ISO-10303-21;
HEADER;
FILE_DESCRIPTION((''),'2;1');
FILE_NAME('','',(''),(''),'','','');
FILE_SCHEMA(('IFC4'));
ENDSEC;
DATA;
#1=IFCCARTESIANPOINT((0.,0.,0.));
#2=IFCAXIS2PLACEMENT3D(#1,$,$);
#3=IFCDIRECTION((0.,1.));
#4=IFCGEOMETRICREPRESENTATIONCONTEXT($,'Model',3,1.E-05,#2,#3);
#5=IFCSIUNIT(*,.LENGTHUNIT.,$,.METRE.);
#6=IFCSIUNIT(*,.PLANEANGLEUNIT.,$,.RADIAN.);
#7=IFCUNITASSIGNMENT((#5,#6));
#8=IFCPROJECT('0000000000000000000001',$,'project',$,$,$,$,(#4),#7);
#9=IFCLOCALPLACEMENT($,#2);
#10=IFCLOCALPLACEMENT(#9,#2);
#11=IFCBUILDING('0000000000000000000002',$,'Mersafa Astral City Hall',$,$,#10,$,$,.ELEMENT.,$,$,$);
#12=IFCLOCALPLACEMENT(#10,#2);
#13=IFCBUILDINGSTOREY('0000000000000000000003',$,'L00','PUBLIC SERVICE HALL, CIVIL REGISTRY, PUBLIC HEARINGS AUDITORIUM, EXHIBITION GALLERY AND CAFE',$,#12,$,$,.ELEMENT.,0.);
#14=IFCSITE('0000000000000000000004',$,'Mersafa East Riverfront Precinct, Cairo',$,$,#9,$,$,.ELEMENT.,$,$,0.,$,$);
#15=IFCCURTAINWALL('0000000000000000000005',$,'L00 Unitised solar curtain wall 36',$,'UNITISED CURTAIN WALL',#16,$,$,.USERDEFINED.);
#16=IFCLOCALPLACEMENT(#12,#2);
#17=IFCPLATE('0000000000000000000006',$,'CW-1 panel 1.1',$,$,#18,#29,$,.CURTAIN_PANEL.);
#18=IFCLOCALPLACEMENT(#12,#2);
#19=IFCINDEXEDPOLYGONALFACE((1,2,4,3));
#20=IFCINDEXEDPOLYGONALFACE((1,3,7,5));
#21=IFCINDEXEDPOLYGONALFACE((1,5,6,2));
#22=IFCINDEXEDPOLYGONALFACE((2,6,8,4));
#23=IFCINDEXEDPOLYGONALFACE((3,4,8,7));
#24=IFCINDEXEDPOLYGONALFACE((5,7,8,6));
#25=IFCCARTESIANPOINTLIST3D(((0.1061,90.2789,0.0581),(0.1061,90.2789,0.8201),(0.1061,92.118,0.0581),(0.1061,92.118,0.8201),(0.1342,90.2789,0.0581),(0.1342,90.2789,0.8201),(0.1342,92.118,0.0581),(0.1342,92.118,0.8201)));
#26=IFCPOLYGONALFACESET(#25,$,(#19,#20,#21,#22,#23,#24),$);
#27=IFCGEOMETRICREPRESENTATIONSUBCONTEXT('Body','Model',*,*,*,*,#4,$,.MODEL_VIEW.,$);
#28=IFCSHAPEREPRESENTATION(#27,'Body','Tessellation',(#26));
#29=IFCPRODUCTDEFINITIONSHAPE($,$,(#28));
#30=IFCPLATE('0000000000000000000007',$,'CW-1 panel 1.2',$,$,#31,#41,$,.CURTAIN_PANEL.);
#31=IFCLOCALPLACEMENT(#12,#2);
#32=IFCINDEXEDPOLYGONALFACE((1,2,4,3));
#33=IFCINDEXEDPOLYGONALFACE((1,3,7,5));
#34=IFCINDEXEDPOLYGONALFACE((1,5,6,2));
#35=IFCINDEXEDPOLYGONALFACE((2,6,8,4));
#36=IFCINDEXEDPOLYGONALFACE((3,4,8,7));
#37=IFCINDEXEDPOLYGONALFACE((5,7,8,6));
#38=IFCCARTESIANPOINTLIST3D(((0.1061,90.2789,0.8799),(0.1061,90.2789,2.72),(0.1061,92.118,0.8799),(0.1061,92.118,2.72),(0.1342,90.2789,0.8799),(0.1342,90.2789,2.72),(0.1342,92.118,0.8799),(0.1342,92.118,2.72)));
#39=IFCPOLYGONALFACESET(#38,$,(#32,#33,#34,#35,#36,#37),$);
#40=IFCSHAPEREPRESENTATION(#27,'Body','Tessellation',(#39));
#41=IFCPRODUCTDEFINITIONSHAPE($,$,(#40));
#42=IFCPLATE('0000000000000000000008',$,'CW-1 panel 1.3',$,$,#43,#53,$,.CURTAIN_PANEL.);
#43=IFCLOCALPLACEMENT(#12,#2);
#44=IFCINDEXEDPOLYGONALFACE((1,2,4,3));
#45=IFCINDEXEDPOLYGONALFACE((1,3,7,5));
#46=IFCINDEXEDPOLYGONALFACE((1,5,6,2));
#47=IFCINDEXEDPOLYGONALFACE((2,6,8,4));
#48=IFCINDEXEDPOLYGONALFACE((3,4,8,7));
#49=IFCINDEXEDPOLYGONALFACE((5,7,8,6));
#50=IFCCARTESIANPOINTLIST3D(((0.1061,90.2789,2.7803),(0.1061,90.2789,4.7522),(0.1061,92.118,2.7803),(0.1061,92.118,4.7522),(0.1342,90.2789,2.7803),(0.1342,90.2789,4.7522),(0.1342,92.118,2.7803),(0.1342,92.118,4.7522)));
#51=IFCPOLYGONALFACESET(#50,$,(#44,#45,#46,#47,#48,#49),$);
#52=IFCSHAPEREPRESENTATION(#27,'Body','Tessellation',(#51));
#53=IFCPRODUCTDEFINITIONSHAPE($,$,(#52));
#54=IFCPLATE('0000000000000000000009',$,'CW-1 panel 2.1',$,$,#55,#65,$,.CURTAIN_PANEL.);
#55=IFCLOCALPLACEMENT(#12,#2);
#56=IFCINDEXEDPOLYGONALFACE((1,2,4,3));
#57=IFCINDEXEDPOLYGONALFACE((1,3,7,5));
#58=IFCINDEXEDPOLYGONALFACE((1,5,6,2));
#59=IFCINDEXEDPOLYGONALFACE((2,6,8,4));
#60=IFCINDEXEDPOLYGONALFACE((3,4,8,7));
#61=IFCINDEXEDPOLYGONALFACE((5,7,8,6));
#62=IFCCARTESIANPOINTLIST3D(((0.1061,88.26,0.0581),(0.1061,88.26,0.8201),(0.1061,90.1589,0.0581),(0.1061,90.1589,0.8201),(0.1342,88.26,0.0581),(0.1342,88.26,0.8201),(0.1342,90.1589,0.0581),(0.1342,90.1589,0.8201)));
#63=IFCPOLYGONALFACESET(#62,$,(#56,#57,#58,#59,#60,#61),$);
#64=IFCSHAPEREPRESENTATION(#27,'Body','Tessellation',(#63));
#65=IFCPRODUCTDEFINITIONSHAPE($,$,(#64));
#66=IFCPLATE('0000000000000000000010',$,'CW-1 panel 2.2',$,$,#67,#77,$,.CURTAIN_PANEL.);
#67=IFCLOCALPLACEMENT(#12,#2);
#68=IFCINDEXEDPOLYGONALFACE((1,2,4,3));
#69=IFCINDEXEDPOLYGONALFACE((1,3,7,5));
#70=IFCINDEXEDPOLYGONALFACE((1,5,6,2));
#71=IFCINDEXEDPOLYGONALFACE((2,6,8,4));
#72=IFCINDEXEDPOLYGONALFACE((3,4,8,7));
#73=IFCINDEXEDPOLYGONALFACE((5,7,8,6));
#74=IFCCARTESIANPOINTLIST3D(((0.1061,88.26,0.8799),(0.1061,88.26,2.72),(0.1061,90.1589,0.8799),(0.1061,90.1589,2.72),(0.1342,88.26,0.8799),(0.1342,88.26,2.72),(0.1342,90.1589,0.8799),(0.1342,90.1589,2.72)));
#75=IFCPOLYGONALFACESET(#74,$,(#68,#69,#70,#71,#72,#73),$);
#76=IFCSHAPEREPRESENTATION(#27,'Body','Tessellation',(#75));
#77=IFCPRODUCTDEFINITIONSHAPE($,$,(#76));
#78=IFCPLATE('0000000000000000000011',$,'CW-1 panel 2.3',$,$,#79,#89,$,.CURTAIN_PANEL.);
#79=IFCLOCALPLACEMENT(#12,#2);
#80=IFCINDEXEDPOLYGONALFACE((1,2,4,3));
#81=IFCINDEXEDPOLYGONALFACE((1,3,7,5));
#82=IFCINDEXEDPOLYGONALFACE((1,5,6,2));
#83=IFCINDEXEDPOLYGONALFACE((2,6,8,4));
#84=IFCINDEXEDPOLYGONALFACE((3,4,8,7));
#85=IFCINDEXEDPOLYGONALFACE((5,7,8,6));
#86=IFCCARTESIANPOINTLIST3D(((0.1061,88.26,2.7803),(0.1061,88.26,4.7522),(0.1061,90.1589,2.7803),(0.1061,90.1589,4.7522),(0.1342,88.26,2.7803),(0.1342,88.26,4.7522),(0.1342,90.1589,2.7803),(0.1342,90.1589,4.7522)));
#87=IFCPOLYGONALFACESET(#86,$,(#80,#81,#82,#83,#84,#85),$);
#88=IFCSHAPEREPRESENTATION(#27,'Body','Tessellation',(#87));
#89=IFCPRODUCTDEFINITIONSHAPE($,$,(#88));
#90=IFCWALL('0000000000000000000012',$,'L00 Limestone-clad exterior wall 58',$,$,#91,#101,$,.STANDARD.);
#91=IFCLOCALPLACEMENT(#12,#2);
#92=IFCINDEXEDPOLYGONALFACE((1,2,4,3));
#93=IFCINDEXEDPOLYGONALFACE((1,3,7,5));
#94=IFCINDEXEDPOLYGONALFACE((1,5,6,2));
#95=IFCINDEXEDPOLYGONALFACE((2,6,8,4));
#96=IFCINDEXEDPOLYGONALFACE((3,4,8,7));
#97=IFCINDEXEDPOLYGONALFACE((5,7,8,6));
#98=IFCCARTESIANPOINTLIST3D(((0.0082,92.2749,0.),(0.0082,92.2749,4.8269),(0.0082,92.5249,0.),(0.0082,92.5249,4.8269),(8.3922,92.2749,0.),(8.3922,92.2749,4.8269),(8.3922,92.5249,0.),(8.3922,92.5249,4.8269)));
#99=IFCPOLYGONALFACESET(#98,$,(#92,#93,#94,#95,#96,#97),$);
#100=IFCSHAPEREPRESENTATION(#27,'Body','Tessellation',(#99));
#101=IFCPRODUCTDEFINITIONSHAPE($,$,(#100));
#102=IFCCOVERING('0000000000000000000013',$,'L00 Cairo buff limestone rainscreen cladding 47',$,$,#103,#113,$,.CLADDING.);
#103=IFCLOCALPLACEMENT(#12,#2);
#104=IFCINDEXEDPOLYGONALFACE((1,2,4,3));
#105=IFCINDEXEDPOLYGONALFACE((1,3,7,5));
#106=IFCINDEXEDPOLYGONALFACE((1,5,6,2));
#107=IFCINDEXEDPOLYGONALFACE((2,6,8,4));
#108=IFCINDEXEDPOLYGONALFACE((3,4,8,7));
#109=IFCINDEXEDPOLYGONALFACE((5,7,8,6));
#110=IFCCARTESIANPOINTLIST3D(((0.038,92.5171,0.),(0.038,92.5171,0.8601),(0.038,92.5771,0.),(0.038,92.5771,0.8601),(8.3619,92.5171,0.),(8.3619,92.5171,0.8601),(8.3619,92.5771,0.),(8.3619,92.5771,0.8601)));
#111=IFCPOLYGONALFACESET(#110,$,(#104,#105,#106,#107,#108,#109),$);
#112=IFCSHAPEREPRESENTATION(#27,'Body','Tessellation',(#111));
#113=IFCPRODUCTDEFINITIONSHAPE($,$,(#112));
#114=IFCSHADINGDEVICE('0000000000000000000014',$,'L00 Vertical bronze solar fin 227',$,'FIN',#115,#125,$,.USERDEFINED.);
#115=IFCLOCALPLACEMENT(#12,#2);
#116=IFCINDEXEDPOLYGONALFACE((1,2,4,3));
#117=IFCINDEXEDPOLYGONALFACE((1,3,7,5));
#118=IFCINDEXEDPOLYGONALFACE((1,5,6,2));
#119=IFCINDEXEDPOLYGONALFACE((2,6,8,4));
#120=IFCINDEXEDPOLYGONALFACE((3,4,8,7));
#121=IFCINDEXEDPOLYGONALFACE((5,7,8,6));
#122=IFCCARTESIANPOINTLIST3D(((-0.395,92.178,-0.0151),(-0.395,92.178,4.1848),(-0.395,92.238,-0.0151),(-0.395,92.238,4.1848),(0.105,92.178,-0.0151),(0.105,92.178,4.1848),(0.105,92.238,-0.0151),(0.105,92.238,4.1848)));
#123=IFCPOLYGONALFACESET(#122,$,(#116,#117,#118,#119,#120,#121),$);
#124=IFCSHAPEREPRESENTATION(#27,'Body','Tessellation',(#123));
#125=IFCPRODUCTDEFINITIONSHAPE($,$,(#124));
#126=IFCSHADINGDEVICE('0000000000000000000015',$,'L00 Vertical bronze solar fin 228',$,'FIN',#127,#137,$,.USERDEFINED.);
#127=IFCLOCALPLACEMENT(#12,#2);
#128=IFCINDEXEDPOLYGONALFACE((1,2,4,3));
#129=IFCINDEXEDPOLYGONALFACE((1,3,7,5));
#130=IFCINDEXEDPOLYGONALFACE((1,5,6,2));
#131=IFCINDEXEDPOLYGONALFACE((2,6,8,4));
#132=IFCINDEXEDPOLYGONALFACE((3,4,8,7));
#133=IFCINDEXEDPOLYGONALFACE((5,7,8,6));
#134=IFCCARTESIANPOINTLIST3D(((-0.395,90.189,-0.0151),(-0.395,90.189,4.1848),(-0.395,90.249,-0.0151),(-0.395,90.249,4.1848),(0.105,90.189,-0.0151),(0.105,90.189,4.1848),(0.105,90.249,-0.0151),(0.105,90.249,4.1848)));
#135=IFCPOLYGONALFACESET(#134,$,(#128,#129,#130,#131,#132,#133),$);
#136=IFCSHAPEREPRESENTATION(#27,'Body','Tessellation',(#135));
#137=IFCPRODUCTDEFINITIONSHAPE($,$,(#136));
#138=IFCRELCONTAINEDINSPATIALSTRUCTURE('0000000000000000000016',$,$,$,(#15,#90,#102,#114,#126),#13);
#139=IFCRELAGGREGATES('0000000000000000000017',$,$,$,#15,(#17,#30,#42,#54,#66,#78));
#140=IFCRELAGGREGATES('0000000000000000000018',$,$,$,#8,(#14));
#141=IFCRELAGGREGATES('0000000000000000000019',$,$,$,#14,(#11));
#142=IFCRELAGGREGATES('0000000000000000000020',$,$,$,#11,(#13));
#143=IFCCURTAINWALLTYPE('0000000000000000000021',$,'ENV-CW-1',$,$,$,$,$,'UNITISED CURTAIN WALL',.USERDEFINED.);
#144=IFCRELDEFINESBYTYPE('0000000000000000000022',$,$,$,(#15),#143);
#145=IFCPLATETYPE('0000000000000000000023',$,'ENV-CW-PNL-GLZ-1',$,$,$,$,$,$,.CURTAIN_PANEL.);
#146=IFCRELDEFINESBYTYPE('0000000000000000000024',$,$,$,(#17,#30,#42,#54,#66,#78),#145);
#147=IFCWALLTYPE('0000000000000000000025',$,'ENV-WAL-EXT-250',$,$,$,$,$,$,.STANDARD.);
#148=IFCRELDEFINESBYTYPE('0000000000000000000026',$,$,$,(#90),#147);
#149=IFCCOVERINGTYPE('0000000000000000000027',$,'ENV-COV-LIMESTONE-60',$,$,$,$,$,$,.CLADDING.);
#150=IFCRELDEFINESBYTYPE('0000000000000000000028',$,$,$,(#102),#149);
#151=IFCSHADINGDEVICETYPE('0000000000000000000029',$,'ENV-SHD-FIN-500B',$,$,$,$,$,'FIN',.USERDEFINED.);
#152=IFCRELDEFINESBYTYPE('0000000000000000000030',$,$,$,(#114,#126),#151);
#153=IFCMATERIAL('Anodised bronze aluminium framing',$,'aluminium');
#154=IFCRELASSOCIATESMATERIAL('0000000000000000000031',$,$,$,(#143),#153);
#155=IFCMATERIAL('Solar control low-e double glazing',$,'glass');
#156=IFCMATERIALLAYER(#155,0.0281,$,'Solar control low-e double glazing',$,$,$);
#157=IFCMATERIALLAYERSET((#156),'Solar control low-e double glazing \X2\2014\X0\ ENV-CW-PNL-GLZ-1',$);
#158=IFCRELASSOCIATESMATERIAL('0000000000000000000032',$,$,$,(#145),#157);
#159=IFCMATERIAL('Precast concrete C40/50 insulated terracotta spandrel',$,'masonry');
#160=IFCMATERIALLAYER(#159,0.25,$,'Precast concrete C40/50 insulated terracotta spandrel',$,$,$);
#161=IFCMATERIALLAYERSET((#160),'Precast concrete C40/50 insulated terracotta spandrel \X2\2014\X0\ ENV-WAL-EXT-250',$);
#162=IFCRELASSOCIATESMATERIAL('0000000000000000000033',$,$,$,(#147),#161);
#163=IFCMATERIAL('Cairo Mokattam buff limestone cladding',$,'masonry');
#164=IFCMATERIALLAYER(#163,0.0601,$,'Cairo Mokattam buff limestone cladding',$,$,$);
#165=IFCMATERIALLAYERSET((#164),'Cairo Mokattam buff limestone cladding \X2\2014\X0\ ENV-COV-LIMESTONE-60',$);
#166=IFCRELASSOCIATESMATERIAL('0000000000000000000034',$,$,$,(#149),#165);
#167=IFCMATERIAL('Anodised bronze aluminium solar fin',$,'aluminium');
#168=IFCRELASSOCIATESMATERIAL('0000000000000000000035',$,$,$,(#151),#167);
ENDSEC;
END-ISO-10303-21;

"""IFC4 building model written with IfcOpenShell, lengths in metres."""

from ifc_helpers import new_model, si_unit, direction, frame, frame_2d, origin, origin_2d, place, context, subcontext, project, spatial, rectangle, extrude, material, layer, layer_set, type_object, element, aggregate, save


model = new_model("IFC4")

# Units and contexts
model_context = context("Model", 3, precision=1e-05, world=origin(), true_north=direction((0.0, 1.0)))
body_context = subcontext(model_context, "Body", "Model", "MODEL_VIEW")
ifc_project = project(units=[si_unit("LENGTHUNIT", "METRE"), si_unit("PLANEANGLEUNIT", "RADIAN")], contexts=[model_context])

# Site, building, storey
site_placement = place(None, origin())
site = spatial("IfcSite", under=ifc_project, at=site_placement, Name="Mersafa East Riverfront Precinct, Cairo", CompositionType="ELEMENT", RefElevation=0.0)
building_placement = place(site_placement, origin())
building = spatial("IfcBuilding", under=site, at=building_placement, Name="Mersafa Astral City Hall", CompositionType="ELEMENT")
storey_placement = place(building_placement, origin())
storey = spatial("IfcBuildingStorey", under=building, at=storey_placement, Name="L00", Description="PUBLIC SERVICE HALL, CIVIL REGISTRY, PUBLIC HEARINGS AUDITORIUM, EXHIBITION GALLERY AND CAFE", CompositionType="ELEMENT", Elevation=0.0)

# Curtain wall
ifc_material_1 = material(Name="Anodised bronze aluminium framing", Category="aluminium")
curtain_wall_type = type_object("IfcCurtainWallType", Name="ENV-CW-1", ElementType="UNITISED CURTAIN WALL", PredefinedType="USERDEFINED", material=ifc_material_1)
curtain_wall_placement = place(storey_placement, origin())
curtain_wall = element("IfcCurtainWall", 1, at=curtain_wall_placement, inside=storey, type_object=curtain_wall_type, Name="L00 Unitised solar curtain wall 36", ObjectType="UNITISED CURTAIN WALL", PredefinedType="USERDEFINED")

# Plates
ifc_material_2 = material(Name="Solar control low-e double glazing", Category="glass")
ifc_layer_1 = layer(ifc_material_2, 0.0281, Name="Solar control low-e double glazing")
ifc_layer_set_1 = layer_set([ifc_layer_1], Name="Solar control low-e double glazing — ENV-CW-PNL-GLZ-1")
plate_type = type_object("IfcPlateType", Name="ENV-CW-PNL-GLZ-1", PredefinedType="CURTAIN_PANEL", material=ifc_layer_set_1)
plate_1_placement = place(storey_placement, frame((0.1201, 91.1985, 0.0581), z_axis=(0.0, 0.0, 1.0), x_axis=(0.0, -1.0, 0.0)))
plate_1 = element("IfcPlate", 2, at=plate_1_placement, type_object=plate_type, Name="CW-1 panel 1.1", PredefinedType="CURTAIN_PANEL", context=body_context, shape_type="SweptSolid", body=[
    extrude(rectangle(XDim=1.8391, YDim=0.0281, at=origin_2d()), origin(), (0.0, 0.0, 1.0), 0.762),
])
plate_2_placement = place(storey_placement, frame((0.1201, 91.1985, 0.8799), z_axis=(0.0, 0.0, 1.0), x_axis=(0.0, -1.0, 0.0)))
plate_2 = element("IfcPlate", 3, at=plate_2_placement, type_object=plate_type, Name="CW-1 panel 1.2", PredefinedType="CURTAIN_PANEL", context=body_context, shape_type="SweptSolid", body=[
    extrude(rectangle(XDim=1.8391, YDim=0.0281, at=origin_2d()), origin(), (0.0, 0.0, 1.0), 1.8401),
])
plate_3_placement = place(storey_placement, frame((0.1201, 91.1985, 2.7803), z_axis=(0.0, 0.0, 1.0), x_axis=(0.0, -1.0, 0.0)))
plate_3 = element("IfcPlate", 4, at=plate_3_placement, type_object=plate_type, Name="CW-1 panel 1.3", PredefinedType="CURTAIN_PANEL", context=body_context, shape_type="SweptSolid", body=[
    extrude(rectangle(XDim=1.8391, YDim=0.0281, at=origin_2d()), origin(), (0.0, 0.0, 1.0), 1.9719),
])
plate_4_placement = place(storey_placement, frame((0.1201, 89.2095, 0.0581), z_axis=(0.0, 0.0, 1.0), x_axis=(0.0, -1.0, 0.0)))
plate_4 = element("IfcPlate", 5, at=plate_4_placement, type_object=plate_type, Name="CW-1 panel 2.1", PredefinedType="CURTAIN_PANEL", context=body_context, shape_type="SweptSolid", body=[
    extrude(rectangle(XDim=1.8989, YDim=0.0281, at=origin_2d()), origin(), (0.0, 0.0, 1.0), 0.762),
])
plate_5_placement = place(storey_placement, frame((0.1201, 89.2095, 0.8799), z_axis=(0.0, 0.0, 1.0), x_axis=(0.0, -1.0, 0.0)))
plate_5 = element("IfcPlate", 6, at=plate_5_placement, type_object=plate_type, Name="CW-1 panel 2.2", PredefinedType="CURTAIN_PANEL", context=body_context, shape_type="SweptSolid", body=[
    extrude(rectangle(XDim=1.8989, YDim=0.0281, at=origin_2d()), origin(), (0.0, 0.0, 1.0), 1.8401),
])
plate_6_placement = place(storey_placement, frame((0.1201, 89.2095, 2.7803), z_axis=(0.0, 0.0, 1.0), x_axis=(0.0, -1.0, 0.0)))
plate_6 = element("IfcPlate", 7, at=plate_6_placement, type_object=plate_type, Name="CW-1 panel 2.3", PredefinedType="CURTAIN_PANEL", context=body_context, shape_type="SweptSolid", body=[
    extrude(rectangle(XDim=1.8989, YDim=0.0281, at=origin_2d()), origin(), (0.0, 0.0, 1.0), 1.9719),
])
aggregate(curtain_wall, [plate_1, plate_2, plate_3, plate_4, plate_5, plate_6])

# Wall
ifc_material_3 = material(Name="Precast concrete C40/50 insulated terracotta spandrel", Category="masonry")
ifc_layer_2 = layer(ifc_material_3, 0.25, Name="Precast concrete C40/50 insulated terracotta spandrel")
ifc_layer_set_2 = layer_set([ifc_layer_2], Name="Precast concrete C40/50 insulated terracotta spandrel — ENV-WAL-EXT-250")
wall_type = type_object("IfcWallType", Name="ENV-WAL-EXT-250", PredefinedType="STANDARD", material=ifc_layer_set_2)
wall_placement = place(storey_placement, frame((8.3921, 92.3999, 0.0), z_axis=(0.0, 0.0, 1.0), x_axis=(-1.0, 0.0, 0.0)))
element("IfcWall", 8, at=wall_placement, inside=storey, type_object=wall_type, Name="L00 Limestone-clad exterior wall 58", PredefinedType="STANDARD", context=body_context, shape_type="SweptSolid", body=[
    extrude(rectangle(XDim=8.384, YDim=0.25, at=frame_2d((4.1919, 0.0))), origin(), (0.0, 0.0, 1.0), 4.8269),
])

# Covering
ifc_material_4 = material(Name="Cairo Mokattam buff limestone cladding", Category="masonry")
ifc_layer_3 = layer(ifc_material_4, 0.0601, Name="Cairo Mokattam buff limestone cladding")
ifc_layer_set_3 = layer_set([ifc_layer_3], Name="Cairo Mokattam buff limestone cladding — ENV-COV-LIMESTONE-60")
covering_type = type_object("IfcCoveringType", Name="ENV-COV-LIMESTONE-60", PredefinedType="CLADDING", material=ifc_layer_set_3)
covering_placement = place(storey_placement, frame((4.2, 92.5471, 0.0), z_axis=(0.0, 0.0, 1.0), x_axis=(-1.0, 0.0, 0.0)))
element("IfcCovering", 9, at=covering_placement, inside=storey, type_object=covering_type, Name="L00 Cairo buff limestone rainscreen cladding 47", PredefinedType="CLADDING", context=body_context, shape_type="SweptSolid", body=[
    extrude(rectangle(XDim=8.324, YDim=0.0601, at=origin_2d()), origin(), (0.0, 0.0, 1.0), 0.8601),
])

# Shading devices
ifc_material_5 = material(Name="Anodised bronze aluminium solar fin", Category="aluminium")
shading_device_type = type_object("IfcShadingDeviceType", Name="ENV-SHD-FIN-500B", ElementType="FIN", PredefinedType="USERDEFINED", material=ifc_material_5)
for number, where, z_axis, x_axis, name in (
    (10, (-0.145, 92.208, -0.0151), (0.0, 0.0, 1.0), (0.0, -1.0, 0.0), "L00 Vertical bronze solar fin 227"),
    (11, (-0.145, 90.219, -0.0151), (0.0, 0.0, 1.0), (0.0, -1.0, 0.0), "L00 Vertical bronze solar fin 228"),
):
    element("IfcShadingDevice", number, at=place(storey_placement, frame(where, z_axis=z_axis, x_axis=x_axis)), inside=storey, type_object=shading_device_type, Name=name, ObjectType="FIN", PredefinedType="USERDEFINED", context=body_context, shape_type="SweptSolid", body=[
        extrude(rectangle(XDim=0.0601, YDim=0.5, at=origin_2d()), origin(), (0.0, 0.0, 1.0), 4.2),
    ])

save(model, "model.ifc")
